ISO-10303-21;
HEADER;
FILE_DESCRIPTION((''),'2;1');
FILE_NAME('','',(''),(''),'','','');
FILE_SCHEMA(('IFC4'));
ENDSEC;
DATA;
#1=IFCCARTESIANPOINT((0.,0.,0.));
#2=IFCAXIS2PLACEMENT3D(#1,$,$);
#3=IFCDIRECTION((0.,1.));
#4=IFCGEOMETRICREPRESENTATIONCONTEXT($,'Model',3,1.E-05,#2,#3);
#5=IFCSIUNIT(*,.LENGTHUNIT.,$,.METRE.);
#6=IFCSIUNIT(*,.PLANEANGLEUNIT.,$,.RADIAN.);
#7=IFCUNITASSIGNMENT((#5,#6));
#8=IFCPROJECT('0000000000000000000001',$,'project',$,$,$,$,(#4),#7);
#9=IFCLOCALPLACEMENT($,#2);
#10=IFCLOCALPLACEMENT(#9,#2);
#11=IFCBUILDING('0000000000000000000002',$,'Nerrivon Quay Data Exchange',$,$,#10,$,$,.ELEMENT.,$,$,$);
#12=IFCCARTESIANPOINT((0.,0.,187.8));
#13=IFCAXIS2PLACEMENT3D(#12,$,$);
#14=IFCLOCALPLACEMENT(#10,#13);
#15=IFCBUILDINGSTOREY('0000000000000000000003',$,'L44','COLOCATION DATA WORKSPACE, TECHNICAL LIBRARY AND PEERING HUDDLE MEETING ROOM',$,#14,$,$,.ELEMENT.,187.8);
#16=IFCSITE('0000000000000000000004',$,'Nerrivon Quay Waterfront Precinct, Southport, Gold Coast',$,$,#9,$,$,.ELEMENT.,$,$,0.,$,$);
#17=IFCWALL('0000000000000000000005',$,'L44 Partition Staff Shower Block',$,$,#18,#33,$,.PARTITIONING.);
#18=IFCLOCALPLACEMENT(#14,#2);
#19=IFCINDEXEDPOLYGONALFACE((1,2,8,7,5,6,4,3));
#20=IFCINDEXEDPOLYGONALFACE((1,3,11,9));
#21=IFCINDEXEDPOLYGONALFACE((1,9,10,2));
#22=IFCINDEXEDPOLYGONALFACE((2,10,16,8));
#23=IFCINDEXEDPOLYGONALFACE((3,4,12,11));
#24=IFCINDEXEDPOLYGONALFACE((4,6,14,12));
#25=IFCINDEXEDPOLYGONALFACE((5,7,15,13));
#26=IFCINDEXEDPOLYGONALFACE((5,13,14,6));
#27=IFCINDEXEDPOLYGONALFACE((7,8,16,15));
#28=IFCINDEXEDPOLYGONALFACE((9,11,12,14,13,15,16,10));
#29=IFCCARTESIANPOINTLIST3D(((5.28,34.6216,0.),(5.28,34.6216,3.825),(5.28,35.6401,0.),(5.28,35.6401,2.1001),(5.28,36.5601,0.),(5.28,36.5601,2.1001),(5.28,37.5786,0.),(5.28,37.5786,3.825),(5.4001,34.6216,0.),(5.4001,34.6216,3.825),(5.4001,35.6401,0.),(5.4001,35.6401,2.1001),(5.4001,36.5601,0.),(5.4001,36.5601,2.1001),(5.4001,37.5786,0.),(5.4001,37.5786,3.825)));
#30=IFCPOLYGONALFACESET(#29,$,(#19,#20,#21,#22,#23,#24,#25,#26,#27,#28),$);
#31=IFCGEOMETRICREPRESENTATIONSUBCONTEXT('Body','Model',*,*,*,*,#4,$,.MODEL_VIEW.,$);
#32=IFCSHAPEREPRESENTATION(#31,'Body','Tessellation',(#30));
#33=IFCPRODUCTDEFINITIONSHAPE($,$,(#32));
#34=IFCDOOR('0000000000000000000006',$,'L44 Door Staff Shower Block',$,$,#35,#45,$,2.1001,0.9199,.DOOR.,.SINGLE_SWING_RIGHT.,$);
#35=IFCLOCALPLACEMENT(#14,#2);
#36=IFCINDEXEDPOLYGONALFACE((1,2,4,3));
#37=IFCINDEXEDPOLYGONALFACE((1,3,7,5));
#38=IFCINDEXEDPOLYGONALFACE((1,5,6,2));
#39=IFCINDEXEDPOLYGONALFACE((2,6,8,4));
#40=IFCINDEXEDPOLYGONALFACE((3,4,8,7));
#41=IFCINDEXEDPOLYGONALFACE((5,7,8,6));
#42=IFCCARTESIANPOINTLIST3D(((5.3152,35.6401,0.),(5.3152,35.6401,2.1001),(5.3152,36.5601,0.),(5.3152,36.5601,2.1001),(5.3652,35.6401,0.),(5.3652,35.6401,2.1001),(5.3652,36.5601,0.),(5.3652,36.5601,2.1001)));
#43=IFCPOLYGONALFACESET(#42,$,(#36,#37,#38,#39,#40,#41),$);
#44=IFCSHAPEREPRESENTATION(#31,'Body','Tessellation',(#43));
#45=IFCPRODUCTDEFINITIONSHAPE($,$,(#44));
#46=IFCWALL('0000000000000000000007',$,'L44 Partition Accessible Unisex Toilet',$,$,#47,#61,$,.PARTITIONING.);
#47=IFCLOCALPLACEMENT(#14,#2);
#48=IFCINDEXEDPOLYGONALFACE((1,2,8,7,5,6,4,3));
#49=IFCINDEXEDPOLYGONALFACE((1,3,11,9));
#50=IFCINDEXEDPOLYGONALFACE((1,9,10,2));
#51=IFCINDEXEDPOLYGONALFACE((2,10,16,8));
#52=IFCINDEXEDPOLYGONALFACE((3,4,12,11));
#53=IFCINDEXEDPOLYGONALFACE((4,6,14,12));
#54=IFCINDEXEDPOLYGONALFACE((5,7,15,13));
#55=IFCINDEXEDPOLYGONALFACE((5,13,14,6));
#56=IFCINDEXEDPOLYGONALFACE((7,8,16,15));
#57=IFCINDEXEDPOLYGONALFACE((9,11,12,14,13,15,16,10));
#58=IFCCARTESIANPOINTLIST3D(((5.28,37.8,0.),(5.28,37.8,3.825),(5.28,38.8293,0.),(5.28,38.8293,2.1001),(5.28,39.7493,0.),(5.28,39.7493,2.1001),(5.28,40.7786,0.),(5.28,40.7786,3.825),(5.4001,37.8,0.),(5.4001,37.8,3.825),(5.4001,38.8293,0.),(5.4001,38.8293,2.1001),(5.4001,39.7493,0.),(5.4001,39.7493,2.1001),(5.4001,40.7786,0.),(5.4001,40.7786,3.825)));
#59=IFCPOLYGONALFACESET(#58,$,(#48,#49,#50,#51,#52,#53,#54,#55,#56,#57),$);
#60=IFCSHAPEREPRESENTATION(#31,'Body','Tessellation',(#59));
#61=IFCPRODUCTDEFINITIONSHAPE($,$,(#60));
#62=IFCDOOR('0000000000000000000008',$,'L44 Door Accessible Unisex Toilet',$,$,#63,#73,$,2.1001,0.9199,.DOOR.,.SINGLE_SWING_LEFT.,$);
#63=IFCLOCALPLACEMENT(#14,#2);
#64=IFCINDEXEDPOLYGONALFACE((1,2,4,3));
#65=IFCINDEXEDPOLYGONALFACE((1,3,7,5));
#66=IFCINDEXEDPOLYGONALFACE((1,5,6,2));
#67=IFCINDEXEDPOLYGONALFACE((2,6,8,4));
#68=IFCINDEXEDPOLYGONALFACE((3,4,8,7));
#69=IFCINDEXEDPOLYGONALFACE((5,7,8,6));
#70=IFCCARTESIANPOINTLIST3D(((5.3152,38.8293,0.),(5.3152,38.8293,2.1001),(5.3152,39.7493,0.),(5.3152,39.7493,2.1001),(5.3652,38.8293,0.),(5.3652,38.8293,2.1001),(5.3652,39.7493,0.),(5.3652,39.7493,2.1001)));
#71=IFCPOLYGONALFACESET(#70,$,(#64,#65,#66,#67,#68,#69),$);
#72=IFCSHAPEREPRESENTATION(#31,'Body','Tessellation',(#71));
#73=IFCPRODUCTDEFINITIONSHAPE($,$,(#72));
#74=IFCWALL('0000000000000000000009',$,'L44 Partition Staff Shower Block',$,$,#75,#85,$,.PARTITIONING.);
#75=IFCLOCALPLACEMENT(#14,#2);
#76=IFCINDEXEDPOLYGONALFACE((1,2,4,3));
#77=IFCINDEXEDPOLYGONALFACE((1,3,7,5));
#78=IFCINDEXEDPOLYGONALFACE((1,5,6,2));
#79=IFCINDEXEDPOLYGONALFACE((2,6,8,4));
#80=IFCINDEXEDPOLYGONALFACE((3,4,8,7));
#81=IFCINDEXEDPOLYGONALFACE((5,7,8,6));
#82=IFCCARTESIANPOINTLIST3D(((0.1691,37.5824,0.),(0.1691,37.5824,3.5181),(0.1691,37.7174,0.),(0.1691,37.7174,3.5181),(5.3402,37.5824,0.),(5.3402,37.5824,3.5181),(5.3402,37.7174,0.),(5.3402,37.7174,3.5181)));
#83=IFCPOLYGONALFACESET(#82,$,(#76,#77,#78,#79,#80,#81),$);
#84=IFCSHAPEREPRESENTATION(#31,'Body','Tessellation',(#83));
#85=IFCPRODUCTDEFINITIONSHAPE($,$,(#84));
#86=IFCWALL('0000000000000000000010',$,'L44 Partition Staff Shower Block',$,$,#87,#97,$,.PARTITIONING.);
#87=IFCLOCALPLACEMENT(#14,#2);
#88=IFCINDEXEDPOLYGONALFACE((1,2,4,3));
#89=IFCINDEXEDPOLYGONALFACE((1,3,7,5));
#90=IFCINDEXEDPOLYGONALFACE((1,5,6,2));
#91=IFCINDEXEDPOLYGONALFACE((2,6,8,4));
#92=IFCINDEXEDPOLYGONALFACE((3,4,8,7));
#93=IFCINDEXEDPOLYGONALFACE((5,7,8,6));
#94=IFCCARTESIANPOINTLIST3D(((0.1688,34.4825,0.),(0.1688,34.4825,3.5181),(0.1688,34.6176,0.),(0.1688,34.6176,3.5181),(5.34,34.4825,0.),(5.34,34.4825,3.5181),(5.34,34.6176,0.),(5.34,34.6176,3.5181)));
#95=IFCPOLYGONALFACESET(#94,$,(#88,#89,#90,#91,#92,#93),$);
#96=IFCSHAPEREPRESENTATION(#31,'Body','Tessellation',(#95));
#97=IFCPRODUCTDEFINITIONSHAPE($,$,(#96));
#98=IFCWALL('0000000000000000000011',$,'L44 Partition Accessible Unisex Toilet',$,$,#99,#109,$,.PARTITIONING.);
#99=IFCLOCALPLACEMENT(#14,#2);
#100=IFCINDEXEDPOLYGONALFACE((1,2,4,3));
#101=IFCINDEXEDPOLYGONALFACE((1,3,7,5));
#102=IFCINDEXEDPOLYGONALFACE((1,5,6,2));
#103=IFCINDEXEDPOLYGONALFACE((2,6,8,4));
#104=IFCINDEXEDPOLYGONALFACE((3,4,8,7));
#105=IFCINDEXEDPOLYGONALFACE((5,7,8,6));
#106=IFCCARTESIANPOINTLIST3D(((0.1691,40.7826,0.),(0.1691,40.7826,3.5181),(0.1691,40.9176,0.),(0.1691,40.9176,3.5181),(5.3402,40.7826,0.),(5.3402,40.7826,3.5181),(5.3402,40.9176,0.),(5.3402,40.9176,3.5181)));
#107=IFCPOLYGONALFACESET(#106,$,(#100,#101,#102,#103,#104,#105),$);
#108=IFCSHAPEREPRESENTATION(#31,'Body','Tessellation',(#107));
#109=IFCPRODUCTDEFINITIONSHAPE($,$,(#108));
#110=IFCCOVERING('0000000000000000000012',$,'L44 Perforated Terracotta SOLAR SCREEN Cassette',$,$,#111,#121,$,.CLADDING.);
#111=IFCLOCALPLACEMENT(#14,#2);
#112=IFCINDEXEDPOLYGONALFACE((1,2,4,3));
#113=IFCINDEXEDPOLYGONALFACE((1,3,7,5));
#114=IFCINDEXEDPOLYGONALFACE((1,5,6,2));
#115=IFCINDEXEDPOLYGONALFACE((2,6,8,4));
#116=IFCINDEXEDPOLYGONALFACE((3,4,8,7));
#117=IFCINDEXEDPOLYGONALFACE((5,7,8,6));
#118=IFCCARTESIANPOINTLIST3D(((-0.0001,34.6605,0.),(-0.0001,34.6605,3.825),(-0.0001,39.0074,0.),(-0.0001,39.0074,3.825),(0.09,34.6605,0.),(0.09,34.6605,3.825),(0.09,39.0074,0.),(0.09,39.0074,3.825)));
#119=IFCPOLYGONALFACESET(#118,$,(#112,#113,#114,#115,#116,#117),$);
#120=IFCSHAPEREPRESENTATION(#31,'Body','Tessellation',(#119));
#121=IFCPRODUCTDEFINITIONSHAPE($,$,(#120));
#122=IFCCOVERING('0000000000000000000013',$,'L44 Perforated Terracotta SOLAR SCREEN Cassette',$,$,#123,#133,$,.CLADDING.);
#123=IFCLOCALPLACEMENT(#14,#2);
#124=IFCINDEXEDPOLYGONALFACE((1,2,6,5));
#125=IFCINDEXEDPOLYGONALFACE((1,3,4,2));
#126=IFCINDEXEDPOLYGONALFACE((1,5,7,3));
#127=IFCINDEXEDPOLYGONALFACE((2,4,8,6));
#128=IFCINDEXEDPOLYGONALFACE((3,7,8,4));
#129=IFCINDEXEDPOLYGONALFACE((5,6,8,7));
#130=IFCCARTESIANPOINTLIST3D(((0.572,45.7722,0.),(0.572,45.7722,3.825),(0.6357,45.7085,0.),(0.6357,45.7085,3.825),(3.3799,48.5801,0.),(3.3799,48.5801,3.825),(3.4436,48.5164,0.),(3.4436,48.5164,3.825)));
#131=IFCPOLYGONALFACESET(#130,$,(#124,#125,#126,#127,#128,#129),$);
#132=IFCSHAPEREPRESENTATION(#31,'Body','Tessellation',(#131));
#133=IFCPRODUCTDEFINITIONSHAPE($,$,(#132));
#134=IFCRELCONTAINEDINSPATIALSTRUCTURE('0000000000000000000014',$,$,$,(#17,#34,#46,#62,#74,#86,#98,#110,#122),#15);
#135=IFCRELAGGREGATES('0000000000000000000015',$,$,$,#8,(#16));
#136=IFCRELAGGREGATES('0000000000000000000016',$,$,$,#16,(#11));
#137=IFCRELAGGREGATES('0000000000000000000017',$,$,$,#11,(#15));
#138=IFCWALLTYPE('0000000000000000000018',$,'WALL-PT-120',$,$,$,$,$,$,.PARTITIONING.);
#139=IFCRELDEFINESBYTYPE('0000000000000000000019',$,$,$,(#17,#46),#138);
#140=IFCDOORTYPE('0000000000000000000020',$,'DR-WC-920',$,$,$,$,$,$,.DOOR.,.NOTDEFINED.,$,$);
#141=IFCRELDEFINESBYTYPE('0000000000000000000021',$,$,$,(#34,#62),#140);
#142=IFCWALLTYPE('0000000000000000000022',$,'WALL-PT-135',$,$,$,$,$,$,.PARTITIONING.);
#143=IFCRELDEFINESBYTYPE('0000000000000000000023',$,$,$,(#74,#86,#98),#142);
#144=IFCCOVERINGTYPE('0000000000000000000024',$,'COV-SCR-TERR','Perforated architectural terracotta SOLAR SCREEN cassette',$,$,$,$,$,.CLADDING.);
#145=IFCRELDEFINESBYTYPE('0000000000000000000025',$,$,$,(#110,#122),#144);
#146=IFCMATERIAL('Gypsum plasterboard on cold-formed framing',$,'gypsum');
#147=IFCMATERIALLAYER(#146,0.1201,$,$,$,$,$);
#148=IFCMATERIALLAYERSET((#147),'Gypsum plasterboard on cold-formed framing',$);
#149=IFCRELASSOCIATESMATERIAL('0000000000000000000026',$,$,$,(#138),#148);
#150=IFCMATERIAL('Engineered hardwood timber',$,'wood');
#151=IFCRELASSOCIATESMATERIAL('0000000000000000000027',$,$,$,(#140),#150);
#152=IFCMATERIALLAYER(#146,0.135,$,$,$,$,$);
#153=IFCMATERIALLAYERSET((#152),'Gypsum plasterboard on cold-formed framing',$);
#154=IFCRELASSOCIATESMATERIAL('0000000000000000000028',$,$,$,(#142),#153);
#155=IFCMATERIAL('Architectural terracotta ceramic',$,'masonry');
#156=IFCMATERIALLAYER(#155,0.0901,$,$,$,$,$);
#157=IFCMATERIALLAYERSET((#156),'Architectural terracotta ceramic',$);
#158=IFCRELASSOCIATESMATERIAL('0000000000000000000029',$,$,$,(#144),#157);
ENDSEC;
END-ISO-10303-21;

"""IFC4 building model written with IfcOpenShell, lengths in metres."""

from ifc_helpers import new_model, si_unit, direction, frame, frame_2d, origin, origin_2d, place, context, subcontext, project, spatial, rectangle, extrude, material, layer, layer_set, type_object, element, fill, save


model = new_model("IFC4")

# Units and contexts
model_context = context("Model", 3, precision=1e-05, world=origin(), true_north=direction((0.0, 1.0)))
body_context = subcontext(model_context, "Body", "Model", "MODEL_VIEW")
ifc_project = project(units=[si_unit("LENGTHUNIT", "METRE"), si_unit("PLANEANGLEUNIT", "RADIAN")], contexts=[model_context])

# Site, building, storey
site_placement = place(None, origin())
site = spatial("IfcSite", under=ifc_project, at=site_placement, Name="Nerrivon Quay Waterfront Precinct, Southport, Gold Coast", CompositionType="ELEMENT", RefElevation=0.0)
building_placement = place(site_placement, origin())
building = spatial("IfcBuilding", under=site, at=building_placement, Name="Nerrivon Quay Data Exchange", CompositionType="ELEMENT")
storey_placement = place(building_placement, frame((0.0, 0.0, 187.8)))
storey = spatial("IfcBuildingStorey", under=building, at=storey_placement, Name="L44", Description="COLOCATION DATA WORKSPACE, TECHNICAL LIBRARY AND PEERING HUDDLE MEETING ROOM", CompositionType="ELEMENT", Elevation=187.8)

# Shared definitions
ifc_material_1 = material(Name="Gypsum plasterboard on cold-formed framing", Category="gypsum")

# Walls, openings, doors
ifc_layer_1 = layer(ifc_material_1, 0.1201)
ifc_layer_set_1 = layer_set([ifc_layer_1], Name="Gypsum plasterboard on cold-formed framing")
wall_type_1 = type_object("IfcWallType", Name="WALL-PT-120", PredefinedType="PARTITIONING", material=ifc_layer_set_1)
wall_1_placement = place(storey_placement, frame((5.3401, 34.6216, 0.0), z_axis=(0.0, 0.0, 1.0), x_axis=(0.0, 1.0, 0.0)))
wall_1 = element("IfcWall", 1, at=wall_1_placement, inside=storey, type_object=wall_type_1, Name="L44 Partition Staff Shower Block", PredefinedType="PARTITIONING", context=body_context, shape_type="SweptSolid", body=[
    extrude(rectangle(XDim=2.957, YDim=0.1201, at=frame_2d((1.4785, 0.0))), origin(), (0.0, 0.0, 1.0), 3.825),
])
opening_1_placement = place(wall_1_placement, frame((1.0186, 0.0, 0.0)))
opening_1 = element("IfcOpeningElement", 2, at=opening_1_placement, cuts=wall_1, PredefinedType="OPENING", context=body_context, shape_type="SweptSolid", body=[
    extrude(rectangle(XDim=0.9199, YDim=2.1001, at=frame_2d((0.46, 1.05))), frame((0.0, 0.0701, 0.0), z_axis=(0.0, -1.0, 0.0), x_axis=(1.0, 0.0, 0.0)), (0.0, 0.0, 1.0), 0.1401),
])
ifc_material_2 = material(Name="Engineered hardwood timber", Category="wood")
door_type = type_object("IfcDoorType", Name="DR-WC-920", OperationType="NOTDEFINED", PredefinedType="DOOR", material=ifc_material_2)
door_1_placement = place(opening_1_placement, origin())
door_1 = element("IfcDoor", 3, at=door_1_placement, inside=storey, type_object=door_type, Name="L44 Door Staff Shower Block", OperationType="SINGLE_SWING_RIGHT", OverallHeight=2.1001, OverallWidth=0.9199, PredefinedType="DOOR", context=body_context, shape_type="SweptSolid", body=[
    extrude(rectangle(XDim=0.9199, YDim=2.1001, at=frame_2d((0.46, 1.05))), frame((0.0, 0.0249, 0.0), z_axis=(0.0, -1.0, 0.0), x_axis=(1.0, 0.0, 0.0)), (0.0, 0.0, 1.0), 0.05),
])
fill(opening_1, door_1)
wall_2_placement = place(storey_placement, frame((5.3401, 37.8, 0.0), z_axis=(0.0, 0.0, 1.0), x_axis=(0.0, 1.0, 0.0)))
wall_2 = element("IfcWall", 4, at=wall_2_placement, inside=storey, type_object=wall_type_1, Name="L44 Partition Accessible Unisex Toilet", PredefinedType="PARTITIONING", context=body_context, shape_type="SweptSolid", body=[
    extrude(rectangle(XDim=2.9785, YDim=0.1201, at=frame_2d((1.4893, 0.0))), origin(), (0.0, 0.0, 1.0), 3.825),
])
opening_2_placement = place(wall_2_placement, frame((1.0293, 0.0, 0.0)))
opening_2 = element("IfcOpeningElement", 5, at=opening_2_placement, cuts=wall_2, PredefinedType="OPENING", context=body_context, shape_type="SweptSolid", body=[
    extrude(rectangle(XDim=0.9199, YDim=2.1001, at=frame_2d((0.46, 1.05))), frame((0.0, 0.0701, 0.0), z_axis=(0.0, -1.0, 0.0), x_axis=(1.0, 0.0, 0.0)), (0.0, 0.0, 1.0), 0.1401),
])
door_2_placement = place(opening_2_placement, origin())
door_2 = element("IfcDoor", 6, at=door_2_placement, inside=storey, type_object=door_type, Name="L44 Door Accessible Unisex Toilet", OperationType="SINGLE_SWING_LEFT", OverallHeight=2.1001, OverallWidth=0.9199, PredefinedType="DOOR", context=body_context, shape_type="SweptSolid", body=[
    extrude(rectangle(XDim=0.9199, YDim=2.1001, at=frame_2d((0.46, 1.05))), frame((0.0, 0.0249, 0.0), z_axis=(0.0, -1.0, 0.0), x_axis=(1.0, 0.0, 0.0)), (0.0, 0.0, 1.0), 0.05),
])
fill(opening_2, door_2)

# Walls
ifc_layer_2 = layer(ifc_material_1, 0.135)
ifc_layer_set_2 = layer_set([ifc_layer_2], Name="Gypsum plasterboard on cold-formed framing")
wall_type_2 = type_object("IfcWallType", Name="WALL-PT-135", PredefinedType="PARTITIONING", material=ifc_layer_set_2)
for number, where, z_axis, x_axis, name in (
    (7, (5.3401, 37.6499, 0.0), (0.0, 0.0, 1.0), (-1.0, 0.0, 0.0), "L44 Partition Staff Shower Block"),
    (8, (0.1689, 34.55, 0.0), (0.0, 0.0, 1.0), (1.0, 0.0, 0.0), "L44 Partition Staff Shower Block"),
    (9, (5.3401, 40.8501, 0.0), (0.0, 0.0, 1.0), (-1.0, 0.0, 0.0), "L44 Partition Accessible Unisex Toilet"),
):
    element("IfcWall", number, at=place(storey_placement, frame(where, z_axis=z_axis, x_axis=x_axis)), inside=storey, type_object=wall_type_2, Name=name, PredefinedType="PARTITIONING", context=body_context, shape_type="SweptSolid", body=[
        extrude(rectangle(XDim=5.1711, YDim=0.135, at=frame_2d((2.5854, 0.0))), origin(), (0.0, 0.0, 1.0), 3.5181),
    ])

# Coverings
ifc_material_3 = material(Name="Architectural terracotta ceramic", Category="masonry")
ifc_layer_3 = layer(ifc_material_3, 0.0901)
ifc_layer_set_3 = layer_set([ifc_layer_3], Name="Architectural terracotta ceramic")
covering_type = type_object("IfcCoveringType", Name="COV-SCR-TERR", Description="Perforated architectural terracotta SOLAR SCREEN cassette", PredefinedType="CLADDING", material=ifc_layer_set_3)
covering_1_placement = place(storey_placement, frame((0.0449, 36.834, 0.0), z_axis=(0.0, 0.0, 1.0), x_axis=(0.0, 1.0, 0.0)))
element("IfcCovering", 10, at=covering_1_placement, inside=storey, type_object=covering_type, Name="L44 Perforated Terracotta SOLAR SCREEN Cassette", PredefinedType="CLADDING", context=body_context, shape_type="SweptSolid", body=[
    extrude(rectangle(XDim=4.3469, YDim=0.0901, at=origin_2d()), origin(), (0.0, 0.0, 1.0), 3.825),
])
covering_2_placement = place(storey_placement, frame((2.0078, 47.1443, 0.0), z_axis=(0.0, 0.0, 1.0), x_axis=(0.707107, 0.707107, 0.0)))
element("IfcCovering", 11, at=covering_2_placement, inside=storey, type_object=covering_type, Name="L44 Perforated Terracotta SOLAR SCREEN Cassette", PredefinedType="CLADDING", context=body_context, shape_type="SweptSolid", body=[
    extrude(rectangle(XDim=3.9709, YDim=0.0901, at=origin_2d()), origin(), (0.0, 0.0, 1.0), 3.825),
])

save(model, "model.ifc")
